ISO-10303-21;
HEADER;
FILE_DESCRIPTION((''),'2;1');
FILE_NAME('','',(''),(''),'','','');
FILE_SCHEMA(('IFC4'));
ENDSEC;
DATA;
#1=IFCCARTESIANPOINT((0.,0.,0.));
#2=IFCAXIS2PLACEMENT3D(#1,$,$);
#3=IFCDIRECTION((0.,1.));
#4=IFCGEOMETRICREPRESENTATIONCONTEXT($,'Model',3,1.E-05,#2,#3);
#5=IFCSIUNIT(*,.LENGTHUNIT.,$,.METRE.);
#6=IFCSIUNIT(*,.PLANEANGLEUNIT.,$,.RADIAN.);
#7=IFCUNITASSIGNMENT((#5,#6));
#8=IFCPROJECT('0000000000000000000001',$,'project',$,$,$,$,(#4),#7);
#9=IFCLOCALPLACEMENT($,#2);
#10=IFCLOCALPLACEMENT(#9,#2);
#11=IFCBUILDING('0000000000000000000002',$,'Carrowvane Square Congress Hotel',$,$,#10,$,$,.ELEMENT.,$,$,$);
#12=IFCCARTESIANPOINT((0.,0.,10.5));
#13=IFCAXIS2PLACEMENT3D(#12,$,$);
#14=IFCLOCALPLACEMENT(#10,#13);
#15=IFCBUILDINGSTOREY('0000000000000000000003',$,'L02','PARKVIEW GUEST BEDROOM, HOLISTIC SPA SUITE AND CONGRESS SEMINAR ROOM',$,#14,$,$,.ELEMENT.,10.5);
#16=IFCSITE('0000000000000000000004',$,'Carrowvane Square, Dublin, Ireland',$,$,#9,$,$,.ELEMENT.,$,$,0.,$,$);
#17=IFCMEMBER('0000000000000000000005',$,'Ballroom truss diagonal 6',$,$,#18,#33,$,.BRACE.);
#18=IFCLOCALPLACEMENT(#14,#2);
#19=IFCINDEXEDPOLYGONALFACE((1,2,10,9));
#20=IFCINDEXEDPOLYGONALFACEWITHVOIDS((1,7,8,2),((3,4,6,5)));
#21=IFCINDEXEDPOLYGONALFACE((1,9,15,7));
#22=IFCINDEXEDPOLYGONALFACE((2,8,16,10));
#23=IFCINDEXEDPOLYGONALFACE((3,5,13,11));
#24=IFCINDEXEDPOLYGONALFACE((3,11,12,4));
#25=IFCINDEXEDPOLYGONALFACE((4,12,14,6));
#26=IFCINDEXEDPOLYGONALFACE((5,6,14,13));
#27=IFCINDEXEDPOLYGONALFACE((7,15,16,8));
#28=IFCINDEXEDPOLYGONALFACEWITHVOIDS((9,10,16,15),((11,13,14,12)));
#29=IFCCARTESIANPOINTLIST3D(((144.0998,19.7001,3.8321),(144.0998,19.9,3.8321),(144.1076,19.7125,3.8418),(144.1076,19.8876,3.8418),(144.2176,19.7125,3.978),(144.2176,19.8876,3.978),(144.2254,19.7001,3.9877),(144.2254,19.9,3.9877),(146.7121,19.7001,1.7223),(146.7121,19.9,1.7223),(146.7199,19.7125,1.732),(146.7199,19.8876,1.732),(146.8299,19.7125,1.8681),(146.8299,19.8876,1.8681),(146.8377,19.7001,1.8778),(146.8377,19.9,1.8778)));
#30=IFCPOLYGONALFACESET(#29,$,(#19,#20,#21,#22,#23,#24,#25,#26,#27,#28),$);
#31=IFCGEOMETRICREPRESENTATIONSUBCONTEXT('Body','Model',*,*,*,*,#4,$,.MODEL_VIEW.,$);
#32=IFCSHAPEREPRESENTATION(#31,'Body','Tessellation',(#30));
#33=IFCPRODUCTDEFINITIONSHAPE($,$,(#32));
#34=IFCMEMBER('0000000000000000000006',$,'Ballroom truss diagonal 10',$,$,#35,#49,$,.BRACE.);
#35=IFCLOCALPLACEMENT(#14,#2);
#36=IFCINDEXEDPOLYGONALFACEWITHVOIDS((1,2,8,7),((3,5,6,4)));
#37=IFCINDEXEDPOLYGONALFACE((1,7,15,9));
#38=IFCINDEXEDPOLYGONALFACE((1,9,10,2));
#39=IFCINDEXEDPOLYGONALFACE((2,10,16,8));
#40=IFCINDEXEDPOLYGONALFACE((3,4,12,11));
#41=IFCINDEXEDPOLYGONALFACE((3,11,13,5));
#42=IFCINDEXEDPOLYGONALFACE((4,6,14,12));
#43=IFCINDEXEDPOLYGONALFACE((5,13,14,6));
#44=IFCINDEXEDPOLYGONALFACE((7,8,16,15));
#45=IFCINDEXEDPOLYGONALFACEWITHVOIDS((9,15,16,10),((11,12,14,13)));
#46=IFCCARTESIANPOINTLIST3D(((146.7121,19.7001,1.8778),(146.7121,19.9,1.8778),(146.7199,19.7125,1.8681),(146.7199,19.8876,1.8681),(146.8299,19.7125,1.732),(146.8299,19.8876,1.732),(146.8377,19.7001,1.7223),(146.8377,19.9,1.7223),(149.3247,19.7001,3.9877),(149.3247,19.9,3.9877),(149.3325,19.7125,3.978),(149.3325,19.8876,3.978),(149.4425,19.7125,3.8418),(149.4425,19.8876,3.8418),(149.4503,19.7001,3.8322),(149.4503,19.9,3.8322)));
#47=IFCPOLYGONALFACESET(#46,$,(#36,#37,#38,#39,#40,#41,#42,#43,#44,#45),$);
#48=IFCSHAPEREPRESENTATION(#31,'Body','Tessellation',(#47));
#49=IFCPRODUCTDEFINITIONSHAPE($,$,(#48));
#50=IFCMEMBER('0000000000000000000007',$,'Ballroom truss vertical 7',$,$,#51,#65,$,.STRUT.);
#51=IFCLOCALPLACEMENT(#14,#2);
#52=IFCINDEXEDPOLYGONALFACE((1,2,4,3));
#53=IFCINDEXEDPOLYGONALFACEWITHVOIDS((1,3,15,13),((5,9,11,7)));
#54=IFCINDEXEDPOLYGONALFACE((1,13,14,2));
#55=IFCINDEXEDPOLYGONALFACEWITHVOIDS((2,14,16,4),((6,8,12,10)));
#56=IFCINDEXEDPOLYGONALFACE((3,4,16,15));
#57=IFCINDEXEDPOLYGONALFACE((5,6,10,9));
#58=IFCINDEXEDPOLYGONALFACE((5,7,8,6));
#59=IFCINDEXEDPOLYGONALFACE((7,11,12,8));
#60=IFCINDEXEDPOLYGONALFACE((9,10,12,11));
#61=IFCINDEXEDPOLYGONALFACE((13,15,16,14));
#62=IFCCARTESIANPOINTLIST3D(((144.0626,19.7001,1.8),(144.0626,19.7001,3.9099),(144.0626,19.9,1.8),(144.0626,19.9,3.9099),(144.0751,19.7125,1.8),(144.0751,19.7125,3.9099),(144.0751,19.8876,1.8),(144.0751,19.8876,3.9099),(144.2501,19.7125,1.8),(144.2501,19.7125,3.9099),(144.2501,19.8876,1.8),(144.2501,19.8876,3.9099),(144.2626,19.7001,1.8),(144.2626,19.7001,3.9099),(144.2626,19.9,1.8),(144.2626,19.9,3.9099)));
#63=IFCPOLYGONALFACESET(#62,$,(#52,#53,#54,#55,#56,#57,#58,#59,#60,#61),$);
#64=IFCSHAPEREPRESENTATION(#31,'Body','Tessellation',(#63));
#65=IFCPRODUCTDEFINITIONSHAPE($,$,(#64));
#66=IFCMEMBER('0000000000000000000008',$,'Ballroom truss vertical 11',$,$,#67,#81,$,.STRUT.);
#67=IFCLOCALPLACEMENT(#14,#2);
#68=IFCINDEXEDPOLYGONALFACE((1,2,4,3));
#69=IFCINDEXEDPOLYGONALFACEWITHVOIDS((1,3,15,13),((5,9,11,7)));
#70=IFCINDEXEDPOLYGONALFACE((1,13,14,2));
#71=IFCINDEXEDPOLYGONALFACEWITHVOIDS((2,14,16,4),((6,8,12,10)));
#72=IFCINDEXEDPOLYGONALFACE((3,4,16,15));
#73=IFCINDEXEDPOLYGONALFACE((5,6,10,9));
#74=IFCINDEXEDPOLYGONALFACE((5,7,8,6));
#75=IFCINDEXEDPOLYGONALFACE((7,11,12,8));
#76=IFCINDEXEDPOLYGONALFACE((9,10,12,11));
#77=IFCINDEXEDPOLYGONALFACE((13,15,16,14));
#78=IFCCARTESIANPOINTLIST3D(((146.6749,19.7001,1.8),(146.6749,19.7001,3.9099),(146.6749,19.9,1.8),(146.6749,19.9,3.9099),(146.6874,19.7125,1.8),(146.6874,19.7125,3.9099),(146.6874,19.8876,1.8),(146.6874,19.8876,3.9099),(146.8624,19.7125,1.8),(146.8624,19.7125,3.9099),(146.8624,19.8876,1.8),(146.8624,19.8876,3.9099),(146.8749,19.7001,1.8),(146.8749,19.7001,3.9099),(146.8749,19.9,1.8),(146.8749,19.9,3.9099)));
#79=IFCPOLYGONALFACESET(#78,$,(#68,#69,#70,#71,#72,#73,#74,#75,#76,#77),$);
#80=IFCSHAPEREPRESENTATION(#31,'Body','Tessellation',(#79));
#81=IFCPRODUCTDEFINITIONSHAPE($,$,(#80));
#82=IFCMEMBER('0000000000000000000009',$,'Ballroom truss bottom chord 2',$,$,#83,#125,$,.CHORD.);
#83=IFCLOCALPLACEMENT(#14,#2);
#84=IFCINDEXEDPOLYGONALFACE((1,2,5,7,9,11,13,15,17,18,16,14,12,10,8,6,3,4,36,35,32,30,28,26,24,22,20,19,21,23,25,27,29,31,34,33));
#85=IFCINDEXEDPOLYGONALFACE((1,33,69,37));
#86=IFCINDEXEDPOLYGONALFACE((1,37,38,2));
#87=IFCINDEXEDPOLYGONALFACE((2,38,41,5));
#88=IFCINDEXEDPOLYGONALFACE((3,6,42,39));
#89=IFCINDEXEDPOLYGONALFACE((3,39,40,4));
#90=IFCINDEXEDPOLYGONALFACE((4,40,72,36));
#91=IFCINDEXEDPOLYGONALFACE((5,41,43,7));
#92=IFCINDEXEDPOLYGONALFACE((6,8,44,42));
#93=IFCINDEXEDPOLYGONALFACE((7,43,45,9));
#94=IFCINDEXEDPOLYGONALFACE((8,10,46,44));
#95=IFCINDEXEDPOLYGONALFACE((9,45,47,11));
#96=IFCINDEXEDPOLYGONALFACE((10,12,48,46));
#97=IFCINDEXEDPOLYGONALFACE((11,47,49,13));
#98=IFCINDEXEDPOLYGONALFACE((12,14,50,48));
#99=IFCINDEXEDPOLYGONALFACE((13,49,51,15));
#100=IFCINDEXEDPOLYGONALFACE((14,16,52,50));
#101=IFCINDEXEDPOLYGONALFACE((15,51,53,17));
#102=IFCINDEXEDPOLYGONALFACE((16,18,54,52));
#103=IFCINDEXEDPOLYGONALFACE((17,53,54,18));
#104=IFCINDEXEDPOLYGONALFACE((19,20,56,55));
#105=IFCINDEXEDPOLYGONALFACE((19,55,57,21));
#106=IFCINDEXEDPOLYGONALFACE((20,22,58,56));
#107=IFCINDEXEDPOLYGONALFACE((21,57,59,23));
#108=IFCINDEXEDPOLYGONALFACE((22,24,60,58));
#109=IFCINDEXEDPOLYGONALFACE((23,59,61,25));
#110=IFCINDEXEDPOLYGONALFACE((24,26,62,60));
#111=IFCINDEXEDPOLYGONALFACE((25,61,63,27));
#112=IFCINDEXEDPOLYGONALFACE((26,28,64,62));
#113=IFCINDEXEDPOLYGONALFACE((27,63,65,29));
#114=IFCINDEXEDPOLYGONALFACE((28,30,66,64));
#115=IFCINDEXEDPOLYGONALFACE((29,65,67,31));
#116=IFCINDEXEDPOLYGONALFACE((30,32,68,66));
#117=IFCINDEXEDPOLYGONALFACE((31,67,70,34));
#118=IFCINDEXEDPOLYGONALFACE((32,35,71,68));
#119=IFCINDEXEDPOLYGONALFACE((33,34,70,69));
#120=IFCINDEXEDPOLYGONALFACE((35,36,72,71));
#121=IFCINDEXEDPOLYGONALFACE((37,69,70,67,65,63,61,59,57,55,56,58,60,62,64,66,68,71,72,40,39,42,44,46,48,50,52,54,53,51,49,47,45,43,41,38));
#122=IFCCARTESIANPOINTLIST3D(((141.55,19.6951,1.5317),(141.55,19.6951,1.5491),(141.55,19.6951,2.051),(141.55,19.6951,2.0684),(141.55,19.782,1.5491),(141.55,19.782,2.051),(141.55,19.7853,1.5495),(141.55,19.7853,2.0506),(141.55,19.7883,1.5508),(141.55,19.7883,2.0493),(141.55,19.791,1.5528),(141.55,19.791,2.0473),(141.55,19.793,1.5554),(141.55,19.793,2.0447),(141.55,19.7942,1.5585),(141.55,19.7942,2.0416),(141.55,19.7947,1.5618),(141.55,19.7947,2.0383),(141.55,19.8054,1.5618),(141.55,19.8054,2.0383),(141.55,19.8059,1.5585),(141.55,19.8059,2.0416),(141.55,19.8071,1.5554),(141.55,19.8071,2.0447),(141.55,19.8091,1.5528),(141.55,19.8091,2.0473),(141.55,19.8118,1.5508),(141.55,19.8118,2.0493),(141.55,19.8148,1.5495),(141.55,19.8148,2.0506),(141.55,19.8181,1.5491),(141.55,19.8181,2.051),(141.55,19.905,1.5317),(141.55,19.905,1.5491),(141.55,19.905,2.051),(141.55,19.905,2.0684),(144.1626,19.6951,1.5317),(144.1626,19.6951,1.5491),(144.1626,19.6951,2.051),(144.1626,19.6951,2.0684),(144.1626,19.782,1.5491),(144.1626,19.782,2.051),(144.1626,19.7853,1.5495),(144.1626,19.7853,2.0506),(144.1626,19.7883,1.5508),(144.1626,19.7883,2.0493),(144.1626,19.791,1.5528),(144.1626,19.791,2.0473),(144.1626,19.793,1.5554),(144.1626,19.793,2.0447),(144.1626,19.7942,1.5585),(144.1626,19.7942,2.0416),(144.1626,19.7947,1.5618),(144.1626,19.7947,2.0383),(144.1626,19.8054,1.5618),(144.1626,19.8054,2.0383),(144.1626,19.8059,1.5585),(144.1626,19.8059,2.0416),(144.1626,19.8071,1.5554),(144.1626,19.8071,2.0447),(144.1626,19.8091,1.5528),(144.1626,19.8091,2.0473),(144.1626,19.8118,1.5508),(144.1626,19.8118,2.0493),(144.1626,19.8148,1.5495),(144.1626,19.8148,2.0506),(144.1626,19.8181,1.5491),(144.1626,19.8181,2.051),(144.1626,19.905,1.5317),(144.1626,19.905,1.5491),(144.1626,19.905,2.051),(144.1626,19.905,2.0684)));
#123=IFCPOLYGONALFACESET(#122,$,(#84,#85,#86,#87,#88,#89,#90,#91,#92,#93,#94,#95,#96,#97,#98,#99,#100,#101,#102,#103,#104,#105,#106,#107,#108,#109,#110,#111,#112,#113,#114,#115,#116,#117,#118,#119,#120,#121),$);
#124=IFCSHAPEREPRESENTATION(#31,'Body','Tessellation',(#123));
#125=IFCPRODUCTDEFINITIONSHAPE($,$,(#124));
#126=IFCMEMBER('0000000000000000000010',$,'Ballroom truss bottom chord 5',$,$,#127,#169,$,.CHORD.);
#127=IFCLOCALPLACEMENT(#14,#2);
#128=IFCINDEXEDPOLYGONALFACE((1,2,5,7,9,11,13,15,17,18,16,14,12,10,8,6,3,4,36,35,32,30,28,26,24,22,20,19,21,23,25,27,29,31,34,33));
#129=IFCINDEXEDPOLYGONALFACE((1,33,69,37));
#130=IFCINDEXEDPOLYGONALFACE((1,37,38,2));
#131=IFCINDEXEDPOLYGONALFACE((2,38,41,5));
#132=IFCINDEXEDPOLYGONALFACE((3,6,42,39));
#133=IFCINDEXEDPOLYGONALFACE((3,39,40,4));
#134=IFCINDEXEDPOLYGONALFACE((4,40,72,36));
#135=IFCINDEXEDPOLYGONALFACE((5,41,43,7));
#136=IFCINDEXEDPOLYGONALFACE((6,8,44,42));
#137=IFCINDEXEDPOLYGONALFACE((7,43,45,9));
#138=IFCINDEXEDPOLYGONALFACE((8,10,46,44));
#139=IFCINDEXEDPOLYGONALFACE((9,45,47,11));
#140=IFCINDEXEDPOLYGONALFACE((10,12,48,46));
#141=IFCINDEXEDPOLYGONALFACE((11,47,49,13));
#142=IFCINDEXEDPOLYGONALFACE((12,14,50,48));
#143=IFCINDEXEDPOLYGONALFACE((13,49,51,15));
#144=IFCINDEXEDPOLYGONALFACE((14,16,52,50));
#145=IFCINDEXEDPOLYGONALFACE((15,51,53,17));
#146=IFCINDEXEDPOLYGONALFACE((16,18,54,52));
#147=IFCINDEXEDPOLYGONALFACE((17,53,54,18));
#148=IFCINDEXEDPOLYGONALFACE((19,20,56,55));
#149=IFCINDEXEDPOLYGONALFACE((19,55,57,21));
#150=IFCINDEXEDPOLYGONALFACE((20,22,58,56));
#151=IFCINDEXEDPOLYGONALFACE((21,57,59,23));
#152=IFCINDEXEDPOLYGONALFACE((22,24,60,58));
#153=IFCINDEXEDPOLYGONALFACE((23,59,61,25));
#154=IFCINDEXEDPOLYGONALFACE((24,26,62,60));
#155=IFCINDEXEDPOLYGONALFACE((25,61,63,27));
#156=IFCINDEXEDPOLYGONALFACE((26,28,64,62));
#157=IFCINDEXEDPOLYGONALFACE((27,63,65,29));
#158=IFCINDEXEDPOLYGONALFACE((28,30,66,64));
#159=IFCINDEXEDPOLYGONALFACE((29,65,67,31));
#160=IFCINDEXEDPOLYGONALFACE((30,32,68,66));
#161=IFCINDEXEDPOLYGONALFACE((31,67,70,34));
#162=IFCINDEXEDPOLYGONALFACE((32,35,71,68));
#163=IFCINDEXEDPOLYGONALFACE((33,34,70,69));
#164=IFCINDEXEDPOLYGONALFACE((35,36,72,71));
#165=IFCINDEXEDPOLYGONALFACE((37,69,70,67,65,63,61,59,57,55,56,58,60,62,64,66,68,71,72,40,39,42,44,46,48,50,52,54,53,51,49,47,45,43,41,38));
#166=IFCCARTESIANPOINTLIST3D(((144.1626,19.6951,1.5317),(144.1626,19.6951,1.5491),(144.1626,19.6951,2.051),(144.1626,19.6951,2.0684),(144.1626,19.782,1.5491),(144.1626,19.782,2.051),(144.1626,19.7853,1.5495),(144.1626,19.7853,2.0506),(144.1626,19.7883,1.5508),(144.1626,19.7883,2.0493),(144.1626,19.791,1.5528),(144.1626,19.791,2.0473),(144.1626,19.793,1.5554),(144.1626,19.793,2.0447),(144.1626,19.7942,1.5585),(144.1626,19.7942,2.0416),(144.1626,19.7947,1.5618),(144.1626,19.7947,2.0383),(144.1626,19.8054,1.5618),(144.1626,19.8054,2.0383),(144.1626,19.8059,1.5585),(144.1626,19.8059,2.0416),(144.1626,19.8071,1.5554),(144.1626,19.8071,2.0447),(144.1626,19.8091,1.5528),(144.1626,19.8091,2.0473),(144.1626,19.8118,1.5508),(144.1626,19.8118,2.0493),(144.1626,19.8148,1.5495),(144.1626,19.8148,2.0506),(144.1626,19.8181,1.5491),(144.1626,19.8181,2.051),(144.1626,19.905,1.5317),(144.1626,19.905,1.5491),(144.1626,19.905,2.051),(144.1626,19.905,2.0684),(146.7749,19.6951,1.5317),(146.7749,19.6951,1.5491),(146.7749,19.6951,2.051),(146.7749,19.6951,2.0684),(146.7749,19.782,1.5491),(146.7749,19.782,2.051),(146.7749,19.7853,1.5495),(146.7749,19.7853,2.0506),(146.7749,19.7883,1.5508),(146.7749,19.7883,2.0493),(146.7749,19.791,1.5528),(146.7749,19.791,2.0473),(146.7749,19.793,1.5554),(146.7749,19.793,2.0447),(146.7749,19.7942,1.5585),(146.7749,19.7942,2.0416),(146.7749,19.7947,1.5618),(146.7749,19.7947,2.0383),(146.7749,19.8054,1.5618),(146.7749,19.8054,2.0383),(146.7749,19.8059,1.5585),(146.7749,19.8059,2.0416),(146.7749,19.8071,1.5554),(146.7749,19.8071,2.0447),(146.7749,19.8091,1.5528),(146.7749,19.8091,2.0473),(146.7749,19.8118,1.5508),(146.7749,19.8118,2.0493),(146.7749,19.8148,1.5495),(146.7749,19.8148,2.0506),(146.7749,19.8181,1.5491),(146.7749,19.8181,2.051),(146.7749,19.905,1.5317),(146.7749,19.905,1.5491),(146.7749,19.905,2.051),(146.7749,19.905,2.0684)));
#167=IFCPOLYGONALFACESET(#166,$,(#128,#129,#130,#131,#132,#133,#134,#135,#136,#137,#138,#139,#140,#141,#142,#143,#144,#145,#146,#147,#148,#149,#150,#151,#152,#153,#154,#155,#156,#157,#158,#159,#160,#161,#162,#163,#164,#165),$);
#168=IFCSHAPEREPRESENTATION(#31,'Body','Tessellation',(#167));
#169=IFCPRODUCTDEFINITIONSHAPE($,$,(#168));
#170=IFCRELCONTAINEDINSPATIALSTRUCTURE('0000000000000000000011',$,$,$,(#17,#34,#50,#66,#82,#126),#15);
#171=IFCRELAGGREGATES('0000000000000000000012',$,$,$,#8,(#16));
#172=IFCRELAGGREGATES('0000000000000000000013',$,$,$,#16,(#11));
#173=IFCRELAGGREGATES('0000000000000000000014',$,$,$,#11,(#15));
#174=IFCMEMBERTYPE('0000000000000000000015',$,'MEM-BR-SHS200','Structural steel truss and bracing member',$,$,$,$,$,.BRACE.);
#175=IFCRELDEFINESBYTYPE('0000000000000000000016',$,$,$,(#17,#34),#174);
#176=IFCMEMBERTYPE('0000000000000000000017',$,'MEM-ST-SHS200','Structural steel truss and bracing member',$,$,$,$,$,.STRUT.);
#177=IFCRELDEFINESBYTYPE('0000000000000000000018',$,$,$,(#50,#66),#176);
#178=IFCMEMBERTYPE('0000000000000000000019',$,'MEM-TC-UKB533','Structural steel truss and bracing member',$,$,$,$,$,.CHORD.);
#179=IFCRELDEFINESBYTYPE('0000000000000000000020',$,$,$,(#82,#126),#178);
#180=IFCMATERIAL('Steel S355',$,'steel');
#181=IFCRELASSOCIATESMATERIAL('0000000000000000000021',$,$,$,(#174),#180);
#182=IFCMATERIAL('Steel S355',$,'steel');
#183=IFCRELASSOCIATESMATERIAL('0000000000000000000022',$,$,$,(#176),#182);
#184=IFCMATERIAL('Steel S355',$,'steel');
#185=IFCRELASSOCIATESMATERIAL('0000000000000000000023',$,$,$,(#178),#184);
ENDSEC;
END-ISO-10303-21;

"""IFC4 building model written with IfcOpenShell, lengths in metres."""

from ifc_helpers import new_model, si_unit, direction, frame, origin, origin_2d, place, context, subcontext, project, spatial, hollow_rectangle, i_section, extrude, material, material_profile, profile_set, type_object, element, save


model = new_model("IFC4")

# Units and contexts
model_context = context("Model", 3, precision=1e-05, world=origin(), true_north=direction((0.0, 1.0)))
body_context = subcontext(model_context, "Body", "Model", "MODEL_VIEW")
ifc_project = project(units=[si_unit("LENGTHUNIT", "METRE"), si_unit("PLANEANGLEUNIT", "RADIAN")], contexts=[model_context])

# Site, building, storey
site_placement = place(None, origin())
site = spatial("IfcSite", under=ifc_project, at=site_placement, Name="Carrowvane Square, Dublin, Ireland", CompositionType="ELEMENT", RefElevation=0.0)
building_placement = place(site_placement, origin())
building = spatial("IfcBuilding", under=site, at=building_placement, Name="Carrowvane Square Congress Hotel", CompositionType="ELEMENT")
storey_placement = place(building_placement, frame((0.0, 0.0, 10.5)))
storey = spatial("IfcBuildingStorey", under=building, at=storey_placement, Name="L02", Description="PARKVIEW GUEST BEDROOM, HOLISTIC SPA SUITE AND CONGRESS SEMINAR ROOM", CompositionType="ELEMENT", Elevation=10.5)

# Members
ifc_material_1 = material(Name="Steel S355", Category="steel")
ifc_material_profile_1 = material_profile(ifc_material_1, hollow_rectangle(XDim=0.2, YDim=0.2, WallThickness=0.0125, at=origin_2d()), Name="SHS 200x200x12.5")
ifc_profile_set_1 = profile_set([ifc_material_profile_1], Name="Steel S355")
member_type_1 = type_object("IfcMemberType", Name="MEM-BR-SHS200", Description="Structural steel truss and bracing member", PredefinedType="BRACE", material=ifc_profile_set_1)
member_1_placement = place(storey_placement, frame((144.1626, 19.8, 3.9099), z_axis=(0.777952, 0.0, -0.628324), x_axis=(0.0, 1.0, 0.0)))
element("IfcMember", 1, at=member_1_placement, inside=storey, type_object=member_type_1, Name="Ballroom truss diagonal 6", PredefinedType="BRACE", context=body_context, shape_type="SweptSolid", body=[
    extrude(hollow_rectangle(XDim=0.2, YDim=0.2, WallThickness=0.0125, at=origin_2d()), origin(), (0.0, 0.0, 1.0), 3.3579),
])
member_2_placement = place(storey_placement, frame((146.7749, 19.8, 1.8), z_axis=(0.777981, 0.0, 0.628288), x_axis=(0.0, 1.0, 0.0)))
element("IfcMember", 2, at=member_2_placement, inside=storey, type_object=member_type_1, Name="Ballroom truss diagonal 10", PredefinedType="BRACE", context=body_context, shape_type="SweptSolid", body=[
    extrude(hollow_rectangle(XDim=0.2, YDim=0.2, WallThickness=0.0125, at=origin_2d()), origin(), (0.0, 0.0, 1.0), 3.3582),
])
ifc_material_2 = material(Name="Steel S355", Category="steel")
ifc_material_profile_2 = material_profile(ifc_material_2, hollow_rectangle(XDim=0.2, YDim=0.2, WallThickness=0.0125, at=origin_2d()), Name="SHS 200x200x12.5")
ifc_profile_set_2 = profile_set([ifc_material_profile_2], Name="Steel S355")
member_type_2 = type_object("IfcMemberType", Name="MEM-ST-SHS200", Description="Structural steel truss and bracing member", PredefinedType="STRUT", material=ifc_profile_set_2)
for number, where, z_axis, x_axis, name in (
    (3, (144.1626, 19.8, 1.8), (0.0, 0.0, 1.0), (1.0, 0.0, 0.0), "Ballroom truss vertical 7"),
    (4, (146.7749, 19.8, 1.8), (0.0, 0.0, 1.0), (1.0, 0.0, 0.0), "Ballroom truss vertical 11"),
):
    element("IfcMember", number, at=place(storey_placement, frame(where, z_axis=z_axis, x_axis=x_axis)), inside=storey, type_object=member_type_2, Name=name, PredefinedType="STRUT", context=body_context, shape_type="SweptSolid", body=[
        extrude(hollow_rectangle(XDim=0.2, YDim=0.2, WallThickness=0.0125, at=origin_2d()), origin(), (0.0, 0.0, 1.0), 2.1099),
    ])
ifc_material_3 = material(Name="Steel S355", Category="steel")
ifc_material_profile_3 = material_profile(ifc_material_3, i_section(OverallWidth=0.21, OverallDepth=0.5366, WebThickness=0.0107, FlangeThickness=0.0173, FilletRadius=0.0127, at=origin_2d()), Name="UKB 533x210x101")
ifc_profile_set_3 = profile_set([ifc_material_profile_3], Name="Steel S355")
member_type_3 = type_object("IfcMemberType", Name="MEM-TC-UKB533", Description="Structural steel truss and bracing member", PredefinedType="CHORD", material=ifc_profile_set_3)
member_3_placement = place(storey_placement, frame((141.55, 19.8, 1.8), z_axis=(1.0, 0.0, 0.0), x_axis=(0.0, 1.0, 0.0)))
element("IfcMember", 5, at=member_3_placement, inside=storey, type_object=member_type_3, Name="Ballroom truss bottom chord 2", PredefinedType="CHORD", context=body_context, shape_type="SweptSolid", body=[
    extrude(i_section(OverallWidth=0.21, OverallDepth=0.5366, WebThickness=0.0107, FlangeThickness=0.0173, FilletRadius=0.0127, at=origin_2d()), origin(), (0.0, 0.0, 1.0), 2.6125),
])
member_4_placement = place(storey_placement, frame((144.1626, 19.8, 1.8), z_axis=(1.0, 0.0, 0.0), x_axis=(0.0, 1.0, 0.0)))
element("IfcMember", 6, at=member_4_placement, inside=storey, type_object=member_type_3, Name="Ballroom truss bottom chord 5", PredefinedType="CHORD", context=body_context, shape_type="SweptSolid", body=[
    extrude(i_section(OverallWidth=0.21, OverallDepth=0.5366, WebThickness=0.0107, FlangeThickness=0.0173, FilletRadius=0.0127, at=origin_2d()), origin(), (0.0, 0.0, 1.0), 2.6123),
])

save(model, "model.ifc")
